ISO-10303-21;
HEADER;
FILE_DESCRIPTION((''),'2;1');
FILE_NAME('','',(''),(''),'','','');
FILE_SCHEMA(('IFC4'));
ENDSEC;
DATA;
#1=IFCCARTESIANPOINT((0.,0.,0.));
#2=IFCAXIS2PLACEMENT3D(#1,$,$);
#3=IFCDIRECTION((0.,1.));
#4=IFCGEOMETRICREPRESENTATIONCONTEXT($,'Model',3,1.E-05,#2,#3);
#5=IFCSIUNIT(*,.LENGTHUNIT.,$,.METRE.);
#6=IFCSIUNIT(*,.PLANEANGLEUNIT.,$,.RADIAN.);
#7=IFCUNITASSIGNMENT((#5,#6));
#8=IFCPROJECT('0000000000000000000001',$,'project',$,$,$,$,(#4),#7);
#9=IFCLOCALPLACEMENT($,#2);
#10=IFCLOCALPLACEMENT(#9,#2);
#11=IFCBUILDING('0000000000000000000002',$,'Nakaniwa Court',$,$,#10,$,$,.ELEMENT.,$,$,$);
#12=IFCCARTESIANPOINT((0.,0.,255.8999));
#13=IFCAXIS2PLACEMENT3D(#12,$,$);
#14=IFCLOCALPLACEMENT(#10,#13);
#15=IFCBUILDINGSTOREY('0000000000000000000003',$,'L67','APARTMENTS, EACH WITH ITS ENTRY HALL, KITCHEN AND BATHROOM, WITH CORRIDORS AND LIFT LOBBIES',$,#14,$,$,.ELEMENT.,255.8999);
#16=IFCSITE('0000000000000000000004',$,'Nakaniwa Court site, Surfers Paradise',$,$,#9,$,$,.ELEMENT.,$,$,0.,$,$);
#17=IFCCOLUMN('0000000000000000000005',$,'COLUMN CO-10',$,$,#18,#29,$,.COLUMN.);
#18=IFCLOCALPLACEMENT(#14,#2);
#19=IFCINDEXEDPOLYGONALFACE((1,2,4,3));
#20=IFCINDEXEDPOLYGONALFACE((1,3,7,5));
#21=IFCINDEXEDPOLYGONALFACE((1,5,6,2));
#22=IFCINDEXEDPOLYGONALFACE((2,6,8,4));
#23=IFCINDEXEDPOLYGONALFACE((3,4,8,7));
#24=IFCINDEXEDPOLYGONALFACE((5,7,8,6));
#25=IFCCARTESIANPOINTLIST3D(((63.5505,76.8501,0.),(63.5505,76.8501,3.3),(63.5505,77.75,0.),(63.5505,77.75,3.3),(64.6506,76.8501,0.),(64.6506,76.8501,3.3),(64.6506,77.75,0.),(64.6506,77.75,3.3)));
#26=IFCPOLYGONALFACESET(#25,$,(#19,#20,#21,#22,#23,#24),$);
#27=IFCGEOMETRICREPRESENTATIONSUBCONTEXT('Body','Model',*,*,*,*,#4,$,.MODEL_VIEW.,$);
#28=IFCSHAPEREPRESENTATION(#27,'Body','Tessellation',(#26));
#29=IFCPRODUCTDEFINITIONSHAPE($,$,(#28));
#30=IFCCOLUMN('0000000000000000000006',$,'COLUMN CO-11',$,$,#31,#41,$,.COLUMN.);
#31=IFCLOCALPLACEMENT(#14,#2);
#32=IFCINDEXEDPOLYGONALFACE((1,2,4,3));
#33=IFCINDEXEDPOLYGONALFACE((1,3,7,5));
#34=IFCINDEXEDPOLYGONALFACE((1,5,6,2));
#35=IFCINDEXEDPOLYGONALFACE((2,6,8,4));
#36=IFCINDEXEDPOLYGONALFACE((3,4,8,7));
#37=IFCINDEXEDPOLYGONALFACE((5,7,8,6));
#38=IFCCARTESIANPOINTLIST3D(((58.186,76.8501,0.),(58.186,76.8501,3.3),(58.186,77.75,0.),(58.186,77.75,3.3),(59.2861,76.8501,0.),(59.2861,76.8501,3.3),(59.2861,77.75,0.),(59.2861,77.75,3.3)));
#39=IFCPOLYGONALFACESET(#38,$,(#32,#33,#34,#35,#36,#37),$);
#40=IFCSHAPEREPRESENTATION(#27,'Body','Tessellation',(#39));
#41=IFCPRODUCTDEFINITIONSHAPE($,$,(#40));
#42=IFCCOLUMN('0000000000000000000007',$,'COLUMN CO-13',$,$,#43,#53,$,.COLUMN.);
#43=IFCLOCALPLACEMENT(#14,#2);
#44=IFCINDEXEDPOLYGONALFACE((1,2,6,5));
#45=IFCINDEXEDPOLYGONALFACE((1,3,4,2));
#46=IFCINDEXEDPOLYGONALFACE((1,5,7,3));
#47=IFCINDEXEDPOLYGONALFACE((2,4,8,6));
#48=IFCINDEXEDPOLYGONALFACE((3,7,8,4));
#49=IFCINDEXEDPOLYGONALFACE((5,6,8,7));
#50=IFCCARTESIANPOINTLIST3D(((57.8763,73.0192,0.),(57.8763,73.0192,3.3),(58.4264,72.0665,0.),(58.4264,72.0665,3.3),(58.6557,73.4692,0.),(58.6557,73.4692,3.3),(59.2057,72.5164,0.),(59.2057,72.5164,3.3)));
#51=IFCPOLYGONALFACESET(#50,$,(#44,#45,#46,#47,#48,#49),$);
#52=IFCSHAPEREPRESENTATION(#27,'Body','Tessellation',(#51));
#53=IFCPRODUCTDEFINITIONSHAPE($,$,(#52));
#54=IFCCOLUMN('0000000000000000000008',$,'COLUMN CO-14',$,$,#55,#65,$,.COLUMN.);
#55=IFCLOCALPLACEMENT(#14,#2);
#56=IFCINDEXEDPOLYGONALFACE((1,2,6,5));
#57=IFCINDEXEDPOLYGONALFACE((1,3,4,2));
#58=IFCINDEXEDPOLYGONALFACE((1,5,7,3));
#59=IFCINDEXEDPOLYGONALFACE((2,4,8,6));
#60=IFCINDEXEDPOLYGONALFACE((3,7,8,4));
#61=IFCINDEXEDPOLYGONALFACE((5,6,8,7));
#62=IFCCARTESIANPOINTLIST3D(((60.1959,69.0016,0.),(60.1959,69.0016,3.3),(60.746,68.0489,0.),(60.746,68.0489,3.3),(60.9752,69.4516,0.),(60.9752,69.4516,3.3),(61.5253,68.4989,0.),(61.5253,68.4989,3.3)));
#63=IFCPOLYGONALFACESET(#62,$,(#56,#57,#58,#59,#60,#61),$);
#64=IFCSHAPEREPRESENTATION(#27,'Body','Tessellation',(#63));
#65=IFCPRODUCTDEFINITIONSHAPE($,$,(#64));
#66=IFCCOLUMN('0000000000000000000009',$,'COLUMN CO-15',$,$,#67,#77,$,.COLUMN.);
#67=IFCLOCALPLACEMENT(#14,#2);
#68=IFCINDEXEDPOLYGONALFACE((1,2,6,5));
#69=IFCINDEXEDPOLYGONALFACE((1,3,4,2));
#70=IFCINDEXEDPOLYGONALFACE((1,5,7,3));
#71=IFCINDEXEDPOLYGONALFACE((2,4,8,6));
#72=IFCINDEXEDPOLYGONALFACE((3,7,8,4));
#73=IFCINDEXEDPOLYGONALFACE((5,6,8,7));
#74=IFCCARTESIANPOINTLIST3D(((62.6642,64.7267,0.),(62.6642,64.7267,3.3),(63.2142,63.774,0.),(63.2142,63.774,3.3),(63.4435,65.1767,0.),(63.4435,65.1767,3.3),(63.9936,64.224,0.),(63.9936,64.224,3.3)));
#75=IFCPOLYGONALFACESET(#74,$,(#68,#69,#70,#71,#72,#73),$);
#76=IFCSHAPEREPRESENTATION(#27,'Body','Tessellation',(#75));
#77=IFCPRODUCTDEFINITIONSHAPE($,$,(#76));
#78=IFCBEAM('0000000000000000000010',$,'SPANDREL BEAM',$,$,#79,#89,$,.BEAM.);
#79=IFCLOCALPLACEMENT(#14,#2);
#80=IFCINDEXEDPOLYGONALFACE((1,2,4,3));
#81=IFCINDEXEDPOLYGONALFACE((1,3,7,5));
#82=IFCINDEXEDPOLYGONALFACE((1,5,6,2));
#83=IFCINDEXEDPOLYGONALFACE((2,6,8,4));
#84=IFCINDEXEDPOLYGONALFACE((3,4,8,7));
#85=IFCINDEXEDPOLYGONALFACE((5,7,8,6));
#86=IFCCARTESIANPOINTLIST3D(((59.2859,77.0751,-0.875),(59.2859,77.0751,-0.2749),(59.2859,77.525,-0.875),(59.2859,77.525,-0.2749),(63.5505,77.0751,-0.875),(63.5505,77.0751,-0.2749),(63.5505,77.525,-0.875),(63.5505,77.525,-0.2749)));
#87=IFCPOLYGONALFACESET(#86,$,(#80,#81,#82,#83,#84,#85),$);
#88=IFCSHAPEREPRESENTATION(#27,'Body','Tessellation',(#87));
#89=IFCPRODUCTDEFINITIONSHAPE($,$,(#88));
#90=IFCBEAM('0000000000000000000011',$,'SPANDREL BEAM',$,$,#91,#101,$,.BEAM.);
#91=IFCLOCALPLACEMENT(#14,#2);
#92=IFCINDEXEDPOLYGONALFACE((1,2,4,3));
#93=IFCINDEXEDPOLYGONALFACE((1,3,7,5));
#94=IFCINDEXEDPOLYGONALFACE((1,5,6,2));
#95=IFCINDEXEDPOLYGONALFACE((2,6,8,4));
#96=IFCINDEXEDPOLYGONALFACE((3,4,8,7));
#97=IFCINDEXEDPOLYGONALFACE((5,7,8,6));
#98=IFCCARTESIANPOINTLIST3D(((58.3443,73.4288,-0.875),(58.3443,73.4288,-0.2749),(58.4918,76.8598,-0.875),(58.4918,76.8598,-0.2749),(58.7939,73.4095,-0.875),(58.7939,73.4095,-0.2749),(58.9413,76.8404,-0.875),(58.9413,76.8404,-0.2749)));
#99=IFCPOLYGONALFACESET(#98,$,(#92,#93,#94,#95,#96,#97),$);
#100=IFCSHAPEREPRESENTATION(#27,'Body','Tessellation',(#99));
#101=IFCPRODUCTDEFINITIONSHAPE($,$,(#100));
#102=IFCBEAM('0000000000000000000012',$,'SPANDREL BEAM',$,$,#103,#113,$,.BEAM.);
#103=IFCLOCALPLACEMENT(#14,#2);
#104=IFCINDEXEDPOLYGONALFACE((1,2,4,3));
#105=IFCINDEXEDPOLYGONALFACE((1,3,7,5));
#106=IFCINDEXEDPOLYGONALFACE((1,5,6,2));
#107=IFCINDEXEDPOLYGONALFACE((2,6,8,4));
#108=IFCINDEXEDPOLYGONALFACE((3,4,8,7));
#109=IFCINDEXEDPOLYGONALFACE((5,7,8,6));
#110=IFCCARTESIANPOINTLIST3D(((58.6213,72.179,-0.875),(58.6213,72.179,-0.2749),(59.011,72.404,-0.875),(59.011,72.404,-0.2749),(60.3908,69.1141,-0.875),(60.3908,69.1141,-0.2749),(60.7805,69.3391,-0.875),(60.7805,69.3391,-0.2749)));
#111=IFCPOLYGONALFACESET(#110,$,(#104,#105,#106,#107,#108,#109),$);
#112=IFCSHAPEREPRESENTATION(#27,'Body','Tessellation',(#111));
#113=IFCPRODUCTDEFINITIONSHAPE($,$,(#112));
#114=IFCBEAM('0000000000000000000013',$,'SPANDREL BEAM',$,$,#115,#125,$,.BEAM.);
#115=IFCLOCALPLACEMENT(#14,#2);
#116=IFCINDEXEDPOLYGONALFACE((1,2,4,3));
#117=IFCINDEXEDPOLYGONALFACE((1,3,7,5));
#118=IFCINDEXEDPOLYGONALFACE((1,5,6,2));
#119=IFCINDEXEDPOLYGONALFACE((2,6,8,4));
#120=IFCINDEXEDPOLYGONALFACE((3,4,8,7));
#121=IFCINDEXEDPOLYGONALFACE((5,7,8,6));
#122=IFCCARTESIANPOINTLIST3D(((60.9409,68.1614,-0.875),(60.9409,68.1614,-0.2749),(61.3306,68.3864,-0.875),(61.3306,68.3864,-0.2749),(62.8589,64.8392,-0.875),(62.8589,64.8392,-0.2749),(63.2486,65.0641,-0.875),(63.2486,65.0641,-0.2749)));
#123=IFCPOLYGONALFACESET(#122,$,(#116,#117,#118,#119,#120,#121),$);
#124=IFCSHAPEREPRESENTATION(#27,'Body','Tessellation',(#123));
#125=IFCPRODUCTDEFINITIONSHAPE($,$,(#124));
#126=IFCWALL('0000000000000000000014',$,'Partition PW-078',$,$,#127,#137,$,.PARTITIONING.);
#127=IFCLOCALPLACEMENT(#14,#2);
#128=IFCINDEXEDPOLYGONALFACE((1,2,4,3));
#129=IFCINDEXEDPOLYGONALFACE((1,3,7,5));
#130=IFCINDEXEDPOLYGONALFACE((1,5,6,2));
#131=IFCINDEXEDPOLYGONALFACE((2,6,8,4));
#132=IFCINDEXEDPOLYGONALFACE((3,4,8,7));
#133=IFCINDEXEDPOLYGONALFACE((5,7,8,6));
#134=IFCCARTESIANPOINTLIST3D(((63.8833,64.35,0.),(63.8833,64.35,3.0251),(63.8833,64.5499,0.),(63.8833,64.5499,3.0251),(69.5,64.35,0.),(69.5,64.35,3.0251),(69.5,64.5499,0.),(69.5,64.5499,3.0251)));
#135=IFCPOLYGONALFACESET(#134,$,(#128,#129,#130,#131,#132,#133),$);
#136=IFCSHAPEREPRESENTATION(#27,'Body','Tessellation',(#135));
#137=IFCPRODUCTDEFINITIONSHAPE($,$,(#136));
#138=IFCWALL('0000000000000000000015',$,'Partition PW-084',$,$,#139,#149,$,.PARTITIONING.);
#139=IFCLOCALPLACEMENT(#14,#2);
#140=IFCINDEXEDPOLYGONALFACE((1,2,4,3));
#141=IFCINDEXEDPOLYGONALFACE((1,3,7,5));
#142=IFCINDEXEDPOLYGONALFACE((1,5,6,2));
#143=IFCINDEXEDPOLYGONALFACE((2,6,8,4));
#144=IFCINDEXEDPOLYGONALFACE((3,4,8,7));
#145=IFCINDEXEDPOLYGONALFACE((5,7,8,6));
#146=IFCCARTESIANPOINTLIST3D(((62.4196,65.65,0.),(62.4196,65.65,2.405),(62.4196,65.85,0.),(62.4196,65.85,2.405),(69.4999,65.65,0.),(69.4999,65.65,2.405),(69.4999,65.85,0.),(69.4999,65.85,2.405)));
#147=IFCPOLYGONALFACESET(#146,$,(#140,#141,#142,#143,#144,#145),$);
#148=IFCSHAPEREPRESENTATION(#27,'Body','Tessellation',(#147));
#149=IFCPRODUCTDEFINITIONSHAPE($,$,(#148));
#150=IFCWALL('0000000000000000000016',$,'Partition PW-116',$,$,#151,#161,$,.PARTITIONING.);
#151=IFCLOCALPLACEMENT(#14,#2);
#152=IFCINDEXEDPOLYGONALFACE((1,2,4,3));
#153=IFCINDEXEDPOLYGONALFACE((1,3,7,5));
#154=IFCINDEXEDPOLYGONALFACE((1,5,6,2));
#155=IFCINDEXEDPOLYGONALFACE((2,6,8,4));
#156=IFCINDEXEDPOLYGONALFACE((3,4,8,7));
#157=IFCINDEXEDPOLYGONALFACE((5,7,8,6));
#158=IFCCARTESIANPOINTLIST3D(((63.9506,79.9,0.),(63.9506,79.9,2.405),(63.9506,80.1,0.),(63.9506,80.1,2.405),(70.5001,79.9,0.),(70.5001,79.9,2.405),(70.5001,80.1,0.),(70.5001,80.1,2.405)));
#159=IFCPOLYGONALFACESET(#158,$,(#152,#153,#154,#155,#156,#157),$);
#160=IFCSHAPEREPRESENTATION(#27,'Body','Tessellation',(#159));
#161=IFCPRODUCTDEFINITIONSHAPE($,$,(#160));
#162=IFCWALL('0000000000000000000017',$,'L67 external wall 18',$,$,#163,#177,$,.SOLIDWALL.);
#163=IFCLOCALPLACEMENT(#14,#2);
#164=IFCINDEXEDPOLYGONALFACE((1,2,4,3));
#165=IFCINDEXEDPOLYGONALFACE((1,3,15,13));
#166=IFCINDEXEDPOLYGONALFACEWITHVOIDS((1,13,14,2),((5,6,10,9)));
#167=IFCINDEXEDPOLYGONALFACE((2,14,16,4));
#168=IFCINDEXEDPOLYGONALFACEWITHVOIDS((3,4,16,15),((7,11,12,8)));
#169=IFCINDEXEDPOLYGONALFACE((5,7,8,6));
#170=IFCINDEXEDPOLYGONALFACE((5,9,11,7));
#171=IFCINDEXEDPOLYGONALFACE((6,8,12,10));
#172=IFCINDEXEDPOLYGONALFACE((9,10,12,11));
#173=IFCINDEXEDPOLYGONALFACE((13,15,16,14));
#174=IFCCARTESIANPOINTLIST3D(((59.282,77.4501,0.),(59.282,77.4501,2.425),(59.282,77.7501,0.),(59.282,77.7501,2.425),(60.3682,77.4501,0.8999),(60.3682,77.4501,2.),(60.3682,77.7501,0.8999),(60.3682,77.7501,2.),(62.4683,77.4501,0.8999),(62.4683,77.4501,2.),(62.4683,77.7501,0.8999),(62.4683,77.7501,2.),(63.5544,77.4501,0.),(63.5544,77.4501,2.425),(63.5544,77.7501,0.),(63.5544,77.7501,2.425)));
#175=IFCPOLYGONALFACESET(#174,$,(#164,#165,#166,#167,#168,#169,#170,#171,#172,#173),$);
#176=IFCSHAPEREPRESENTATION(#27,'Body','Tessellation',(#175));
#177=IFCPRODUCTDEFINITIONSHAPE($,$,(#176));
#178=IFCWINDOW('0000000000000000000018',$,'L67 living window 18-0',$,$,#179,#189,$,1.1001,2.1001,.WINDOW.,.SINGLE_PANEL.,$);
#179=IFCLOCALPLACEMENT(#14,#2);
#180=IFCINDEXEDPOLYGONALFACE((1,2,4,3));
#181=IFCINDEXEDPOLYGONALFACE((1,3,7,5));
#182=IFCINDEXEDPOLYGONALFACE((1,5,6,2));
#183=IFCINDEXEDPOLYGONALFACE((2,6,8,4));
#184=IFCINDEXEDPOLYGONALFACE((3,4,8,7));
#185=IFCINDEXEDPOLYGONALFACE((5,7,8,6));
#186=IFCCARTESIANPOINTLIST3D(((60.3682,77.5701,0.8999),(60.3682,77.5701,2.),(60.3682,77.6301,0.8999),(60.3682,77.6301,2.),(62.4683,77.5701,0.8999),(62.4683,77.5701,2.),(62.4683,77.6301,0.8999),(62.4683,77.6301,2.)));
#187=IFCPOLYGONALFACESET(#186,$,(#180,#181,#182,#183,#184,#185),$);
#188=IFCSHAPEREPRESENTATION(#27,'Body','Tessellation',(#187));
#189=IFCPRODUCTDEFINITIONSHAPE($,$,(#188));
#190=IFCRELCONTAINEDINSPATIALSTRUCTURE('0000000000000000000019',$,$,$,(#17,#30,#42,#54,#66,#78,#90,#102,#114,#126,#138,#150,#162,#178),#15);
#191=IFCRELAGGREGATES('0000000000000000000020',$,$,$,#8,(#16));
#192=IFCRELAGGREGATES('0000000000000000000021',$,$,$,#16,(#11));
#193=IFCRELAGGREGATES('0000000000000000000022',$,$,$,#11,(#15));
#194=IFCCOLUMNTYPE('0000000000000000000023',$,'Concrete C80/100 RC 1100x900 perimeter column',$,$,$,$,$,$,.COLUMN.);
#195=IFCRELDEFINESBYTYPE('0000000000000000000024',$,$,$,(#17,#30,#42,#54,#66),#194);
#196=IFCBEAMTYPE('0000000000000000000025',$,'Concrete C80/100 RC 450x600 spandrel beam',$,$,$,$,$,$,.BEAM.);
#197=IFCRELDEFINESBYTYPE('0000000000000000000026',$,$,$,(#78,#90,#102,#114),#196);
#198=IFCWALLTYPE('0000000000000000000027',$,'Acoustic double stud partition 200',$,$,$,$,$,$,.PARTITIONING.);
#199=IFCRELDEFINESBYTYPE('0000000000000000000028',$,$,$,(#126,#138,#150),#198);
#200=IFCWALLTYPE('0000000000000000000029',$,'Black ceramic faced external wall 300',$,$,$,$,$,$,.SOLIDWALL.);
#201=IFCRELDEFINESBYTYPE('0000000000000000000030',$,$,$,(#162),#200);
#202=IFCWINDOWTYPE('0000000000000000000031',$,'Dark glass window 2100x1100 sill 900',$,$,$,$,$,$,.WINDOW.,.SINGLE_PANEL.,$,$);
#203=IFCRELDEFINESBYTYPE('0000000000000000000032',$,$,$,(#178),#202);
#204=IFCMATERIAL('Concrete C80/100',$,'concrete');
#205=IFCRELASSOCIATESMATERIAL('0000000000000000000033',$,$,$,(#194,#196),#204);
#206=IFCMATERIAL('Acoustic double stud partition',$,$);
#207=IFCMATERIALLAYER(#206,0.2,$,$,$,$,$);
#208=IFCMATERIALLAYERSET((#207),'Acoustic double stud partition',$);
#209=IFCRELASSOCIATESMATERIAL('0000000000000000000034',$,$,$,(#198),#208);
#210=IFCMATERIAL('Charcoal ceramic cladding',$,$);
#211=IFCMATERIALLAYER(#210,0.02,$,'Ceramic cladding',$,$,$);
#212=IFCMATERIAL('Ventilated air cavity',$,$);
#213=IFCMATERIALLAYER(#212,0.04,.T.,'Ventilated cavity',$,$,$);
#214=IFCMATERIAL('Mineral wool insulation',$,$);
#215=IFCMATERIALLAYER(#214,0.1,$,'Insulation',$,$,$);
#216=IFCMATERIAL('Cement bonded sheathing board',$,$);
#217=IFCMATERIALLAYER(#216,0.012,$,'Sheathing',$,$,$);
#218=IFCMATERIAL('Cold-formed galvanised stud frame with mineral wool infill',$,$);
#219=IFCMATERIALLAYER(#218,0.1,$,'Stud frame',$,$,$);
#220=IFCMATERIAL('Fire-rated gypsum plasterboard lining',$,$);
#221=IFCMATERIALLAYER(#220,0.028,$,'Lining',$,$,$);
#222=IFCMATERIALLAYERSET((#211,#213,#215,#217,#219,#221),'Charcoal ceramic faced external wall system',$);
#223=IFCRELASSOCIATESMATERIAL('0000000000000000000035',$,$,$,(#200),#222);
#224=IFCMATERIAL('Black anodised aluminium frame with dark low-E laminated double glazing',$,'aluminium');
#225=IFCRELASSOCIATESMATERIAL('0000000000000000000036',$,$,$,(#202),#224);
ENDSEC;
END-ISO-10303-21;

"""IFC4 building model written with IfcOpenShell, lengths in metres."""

from ifc_helpers import new_model, si_unit, direction, frame, frame_2d, origin, origin_2d, place, context, subcontext, project, spatial, rectangle, extrude, material, layer, layer_set, material_profile, profile_set, type_object, element, fill, save


model = new_model("IFC4")

# Units and contexts
model_context = context("Model", 3, precision=1e-05, world=origin(), true_north=direction((0.0, 1.0)))
body_context = subcontext(model_context, "Body", "Model", "MODEL_VIEW")
ifc_project = project(units=[si_unit("LENGTHUNIT", "METRE"), si_unit("PLANEANGLEUNIT", "RADIAN")], contexts=[model_context])

# Site, building, storey
site_placement = place(None, origin())
site = spatial("IfcSite", under=ifc_project, at=site_placement, Name="Nakaniwa Court site, Surfers Paradise", CompositionType="ELEMENT", RefElevation=0.0)
building_placement = place(site_placement, origin())
building = spatial("IfcBuilding", under=site, at=building_placement, Name="Nakaniwa Court", CompositionType="ELEMENT")
storey_placement = place(building_placement, frame((0.0, 0.0, 255.8999)))
storey = spatial("IfcBuildingStorey", under=building, at=storey_placement, Name="L67", Description="APARTMENTS, EACH WITH ITS ENTRY HALL, KITCHEN AND BATHROOM, WITH CORRIDORS AND LIFT LOBBIES", CompositionType="ELEMENT", Elevation=255.8999)

# Columns
ifc_material_1 = material(Name="Concrete C80/100", Category="concrete")
ifc_material_profile_1 = material_profile(ifc_material_1, rectangle(XDim=1.1001, YDim=0.8999, at=origin_2d()), Name="Concrete C80/100 RC 1100x900 perimeter column")
ifc_profile_set_1 = profile_set([ifc_material_profile_1], Name="Concrete C80/100")
column_type = type_object("IfcColumnType", Name="Concrete C80/100 RC 1100x900 perimeter column", PredefinedType="COLUMN", material=ifc_profile_set_1)
for number, where, z_axis, x_axis, name in (
    (1, (64.1006, 77.3, 0.0), (0.0, 0.0, 1.0), (-1.0, 0.0, 0.0), "COLUMN CO-10"),
    (2, (58.7361, 77.3, 0.0), (0.0, 0.0, 1.0), (-1.0, 0.0, 0.0), "COLUMN CO-11"),
    (3, (58.541, 72.7678, 0.0), (0.0, 0.0, 1.0), (0.5, -0.866025, 0.0), "COLUMN CO-13"),
    (4, (60.8606, 68.7502, 0.0), (0.0, 0.0, 1.0), (0.5, -0.866025, 0.0), "COLUMN CO-14"),
    (5, (63.3289, 64.4753, 0.0), (0.0, 0.0, 1.0), (0.5, -0.866025, 0.0), "COLUMN CO-15"),
):
    element("IfcColumn", number, at=place(storey_placement, frame(where, z_axis=z_axis, x_axis=x_axis)), inside=storey, type_object=column_type, Name=name, PredefinedType="COLUMN", context=body_context, shape_type="SweptSolid", body=[
        extrude(rectangle(XDim=1.1001, YDim=0.8999, at=origin_2d()), origin(), (0.0, 0.0, 1.0), 3.3),
    ])

# Beams
ifc_material_profile_2 = material_profile(ifc_material_1, rectangle(XDim=0.45, YDim=0.6001, at=origin_2d()), Name="Concrete C80/100 RC 450x600 spandrel beam")
ifc_profile_set_2 = profile_set([ifc_material_profile_2], Name="Concrete C80/100")
beam_type = type_object("IfcBeamType", Name="Concrete C80/100 RC 450x600 spandrel beam", PredefinedType="BEAM", material=ifc_profile_set_2)
beam_1_placement = place(storey_placement, frame((63.5505, 77.3, -0.575), z_axis=(-1.0, 0.0, 0.0), x_axis=(0.0, -1.0, 0.0)))
element("IfcBeam", 6, at=beam_1_placement, inside=storey, type_object=beam_type, Name="SPANDREL BEAM", PredefinedType="BEAM", context=body_context, shape_type="SweptSolid", body=[
    extrude(rectangle(XDim=0.45, YDim=0.6001, at=origin_2d()), origin(), (0.0, 0.0, 1.0), 4.2646),
])
beam_2_placement = place(storey_placement, frame((58.7166, 76.8501, -0.575), z_axis=(-0.042941, -0.999078, 0.0), x_axis=(0.999078, -0.042941, 0.0)))
element("IfcBeam", 7, at=beam_2_placement, inside=storey, type_object=beam_type, Name="SPANDREL BEAM", PredefinedType="BEAM", context=body_context, shape_type="SweptSolid", body=[
    extrude(rectangle(XDim=0.45, YDim=0.6001, at=origin_2d()), origin(), (0.0, 0.0, 1.0), 3.4341),
])
beam_3_placement = place(storey_placement, frame((58.8162, 72.2915, -0.575), z_axis=(0.499997, -0.866027, 0.0), x_axis=(0.866027, 0.499997, 0.0)))
element("IfcBeam", 8, at=beam_3_placement, inside=storey, type_object=beam_type, Name="SPANDREL BEAM", PredefinedType="BEAM", context=body_context, shape_type="SweptSolid", body=[
    extrude(rectangle(XDim=0.45, YDim=0.6001, at=origin_2d()), origin(), (0.0, 0.0, 1.0), 3.5391),
])
beam_4_placement = place(storey_placement, frame((61.1357, 68.2739, -0.575), z_axis=(0.499972, -0.866041, 0.0), x_axis=(0.866041, 0.499972, 0.0)))
element("IfcBeam", 9, at=beam_4_placement, inside=storey, type_object=beam_type, Name="SPANDREL BEAM", PredefinedType="BEAM", context=body_context, shape_type="SweptSolid", body=[
    extrude(rectangle(XDim=0.45, YDim=0.6001, at=origin_2d()), origin(), (0.0, 0.0, 1.0), 3.8362),
])

# Walls
ifc_material_2 = material(Name="Acoustic double stud partition")
ifc_layer_1 = layer(ifc_material_2, 0.2)
ifc_layer_set_1 = layer_set([ifc_layer_1], Name="Acoustic double stud partition")
wall_type_1 = type_object("IfcWallType", Name="Acoustic double stud partition 200", PredefinedType="PARTITIONING", material=ifc_layer_set_1)
wall_1_placement = place(storey_placement, frame((63.8833, 64.45, 0.0), z_axis=(0.0, 0.0, 1.0), x_axis=(1.0, 0.0, 0.0)))
element("IfcWall", 10, at=wall_1_placement, inside=storey, type_object=wall_type_1, Name="Partition PW-078", PredefinedType="PARTITIONING", context=body_context, shape_type="SweptSolid", body=[
    extrude(rectangle(XDim=5.6167, YDim=0.2, at=frame_2d((2.8083, 0.0))), origin(), (0.0, 0.0, 1.0), 3.0251),
])
wall_2_placement = place(storey_placement, frame((62.4197, 65.75, 0.0), z_axis=(0.0, 0.0, 1.0), x_axis=(1.0, 0.0, 0.0)))
element("IfcWall", 11, at=wall_2_placement, inside=storey, type_object=wall_type_1, Name="Partition PW-084", PredefinedType="PARTITIONING", context=body_context, shape_type="SweptSolid", body=[
    extrude(rectangle(XDim=7.0803, YDim=0.2, at=frame_2d((3.54, 0.0))), origin(), (0.0, 0.0, 1.0), 2.405),
])
wall_3_placement = place(storey_placement, frame((63.9504, 80.0, 0.0), z_axis=(0.0, 0.0, 1.0), x_axis=(1.0, 0.0, 0.0)))
element("IfcWall", 12, at=wall_3_placement, inside=storey, type_object=wall_type_1, Name="Partition PW-116", PredefinedType="PARTITIONING", context=body_context, shape_type="SweptSolid", body=[
    extrude(rectangle(XDim=6.5496, YDim=0.2, at=frame_2d((3.2749, 0.0))), origin(), (0.0, 0.0, 1.0), 2.405),
])

# Wall, opening, window
ifc_material_3 = material(Name="Charcoal ceramic cladding")
ifc_layer_2 = layer(ifc_material_3, 0.02, Name="Ceramic cladding")
ifc_material_4 = material(Name="Ventilated air cavity")
ifc_layer_3 = layer(ifc_material_4, 0.04, ventilated=True, Name="Ventilated cavity")
ifc_material_5 = material(Name="Mineral wool insulation")
ifc_layer_4 = layer(ifc_material_5, 0.1, Name="Insulation")
ifc_material_6 = material(Name="Cement bonded sheathing board")
ifc_layer_5 = layer(ifc_material_6, 0.012, Name="Sheathing")
ifc_material_7 = material(Name="Cold-formed galvanised stud frame with mineral wool infill")
ifc_layer_6 = layer(ifc_material_7, 0.1, Name="Stud frame")
ifc_material_8 = material(Name="Fire-rated gypsum plasterboard lining")
ifc_layer_7 = layer(ifc_material_8, 0.028, Name="Lining")
ifc_layer_set_2 = layer_set([ifc_layer_2, ifc_layer_3, ifc_layer_4, ifc_layer_5, ifc_layer_6, ifc_layer_7], Name="Charcoal ceramic faced external wall system")
wall_type_2 = type_object("IfcWallType", Name="Black ceramic faced external wall 300", PredefinedType="SOLIDWALL", material=ifc_layer_set_2)
wall_4_placement = place(storey_placement, frame((63.5544, 77.6001, 0.0), z_axis=(0.0, 0.0, 1.0), x_axis=(-1.0, 0.0, 0.0)))
wall_4 = element("IfcWall", 13, at=wall_4_placement, inside=storey, type_object=wall_type_2, Name="L67 external wall 18", PredefinedType="SOLIDWALL", context=body_context, shape_type="SweptSolid", body=[
    extrude(rectangle(XDim=4.2725, YDim=0.3, at=frame_2d((2.1362, 0.0))), origin(), (0.0, 0.0, 1.0), 2.425),
])
opening_1_placement = place(wall_4_placement, frame((1.0862, 0.0, 0.8999)))
opening_1 = element("IfcOpeningElement", 14, at=opening_1_placement, cuts=wall_4, PredefinedType="OPENING", context=body_context, shape_type="SweptSolid", body=[
    extrude(rectangle(XDim=2.1001, YDim=1.1001, at=frame_2d((1.05, 0.55))), frame((0.0, 0.1599, 0.0), z_axis=(0.0, -1.0, 0.0), x_axis=(1.0, 0.0, 0.0)), (0.0, 0.0, 1.0), 0.3201),
])
ifc_material_9 = material(Name="Black anodised aluminium frame with dark low-E laminated double glazing", Category="aluminium")
window_type_1 = type_object("IfcWindowType", Name="Dark glass window 2100x1100 sill 900", PartitioningType="SINGLE_PANEL", PredefinedType="WINDOW", material=ifc_material_9)
window_1_placement = place(opening_1_placement, origin())
window_1 = element("IfcWindow", 15, at=window_1_placement, inside=storey, type_object=window_type_1, Name="L67 living window 18-0", OverallHeight=1.1001, OverallWidth=2.1001, PartitioningType="SINGLE_PANEL", PredefinedType="WINDOW", context=body_context, shape_type="SweptSolid", body=[
    extrude(rectangle(XDim=2.1001, YDim=1.1001, at=frame_2d((1.05, 0.55))), frame((0.0, 0.03, 0.0), z_axis=(0.0, -1.0, 0.0), x_axis=(1.0, 0.0, 0.0)), (0.0, 0.0, 1.0), 0.0601),
])
fill(opening_1, window_1)

save(model, "model.ifc")
